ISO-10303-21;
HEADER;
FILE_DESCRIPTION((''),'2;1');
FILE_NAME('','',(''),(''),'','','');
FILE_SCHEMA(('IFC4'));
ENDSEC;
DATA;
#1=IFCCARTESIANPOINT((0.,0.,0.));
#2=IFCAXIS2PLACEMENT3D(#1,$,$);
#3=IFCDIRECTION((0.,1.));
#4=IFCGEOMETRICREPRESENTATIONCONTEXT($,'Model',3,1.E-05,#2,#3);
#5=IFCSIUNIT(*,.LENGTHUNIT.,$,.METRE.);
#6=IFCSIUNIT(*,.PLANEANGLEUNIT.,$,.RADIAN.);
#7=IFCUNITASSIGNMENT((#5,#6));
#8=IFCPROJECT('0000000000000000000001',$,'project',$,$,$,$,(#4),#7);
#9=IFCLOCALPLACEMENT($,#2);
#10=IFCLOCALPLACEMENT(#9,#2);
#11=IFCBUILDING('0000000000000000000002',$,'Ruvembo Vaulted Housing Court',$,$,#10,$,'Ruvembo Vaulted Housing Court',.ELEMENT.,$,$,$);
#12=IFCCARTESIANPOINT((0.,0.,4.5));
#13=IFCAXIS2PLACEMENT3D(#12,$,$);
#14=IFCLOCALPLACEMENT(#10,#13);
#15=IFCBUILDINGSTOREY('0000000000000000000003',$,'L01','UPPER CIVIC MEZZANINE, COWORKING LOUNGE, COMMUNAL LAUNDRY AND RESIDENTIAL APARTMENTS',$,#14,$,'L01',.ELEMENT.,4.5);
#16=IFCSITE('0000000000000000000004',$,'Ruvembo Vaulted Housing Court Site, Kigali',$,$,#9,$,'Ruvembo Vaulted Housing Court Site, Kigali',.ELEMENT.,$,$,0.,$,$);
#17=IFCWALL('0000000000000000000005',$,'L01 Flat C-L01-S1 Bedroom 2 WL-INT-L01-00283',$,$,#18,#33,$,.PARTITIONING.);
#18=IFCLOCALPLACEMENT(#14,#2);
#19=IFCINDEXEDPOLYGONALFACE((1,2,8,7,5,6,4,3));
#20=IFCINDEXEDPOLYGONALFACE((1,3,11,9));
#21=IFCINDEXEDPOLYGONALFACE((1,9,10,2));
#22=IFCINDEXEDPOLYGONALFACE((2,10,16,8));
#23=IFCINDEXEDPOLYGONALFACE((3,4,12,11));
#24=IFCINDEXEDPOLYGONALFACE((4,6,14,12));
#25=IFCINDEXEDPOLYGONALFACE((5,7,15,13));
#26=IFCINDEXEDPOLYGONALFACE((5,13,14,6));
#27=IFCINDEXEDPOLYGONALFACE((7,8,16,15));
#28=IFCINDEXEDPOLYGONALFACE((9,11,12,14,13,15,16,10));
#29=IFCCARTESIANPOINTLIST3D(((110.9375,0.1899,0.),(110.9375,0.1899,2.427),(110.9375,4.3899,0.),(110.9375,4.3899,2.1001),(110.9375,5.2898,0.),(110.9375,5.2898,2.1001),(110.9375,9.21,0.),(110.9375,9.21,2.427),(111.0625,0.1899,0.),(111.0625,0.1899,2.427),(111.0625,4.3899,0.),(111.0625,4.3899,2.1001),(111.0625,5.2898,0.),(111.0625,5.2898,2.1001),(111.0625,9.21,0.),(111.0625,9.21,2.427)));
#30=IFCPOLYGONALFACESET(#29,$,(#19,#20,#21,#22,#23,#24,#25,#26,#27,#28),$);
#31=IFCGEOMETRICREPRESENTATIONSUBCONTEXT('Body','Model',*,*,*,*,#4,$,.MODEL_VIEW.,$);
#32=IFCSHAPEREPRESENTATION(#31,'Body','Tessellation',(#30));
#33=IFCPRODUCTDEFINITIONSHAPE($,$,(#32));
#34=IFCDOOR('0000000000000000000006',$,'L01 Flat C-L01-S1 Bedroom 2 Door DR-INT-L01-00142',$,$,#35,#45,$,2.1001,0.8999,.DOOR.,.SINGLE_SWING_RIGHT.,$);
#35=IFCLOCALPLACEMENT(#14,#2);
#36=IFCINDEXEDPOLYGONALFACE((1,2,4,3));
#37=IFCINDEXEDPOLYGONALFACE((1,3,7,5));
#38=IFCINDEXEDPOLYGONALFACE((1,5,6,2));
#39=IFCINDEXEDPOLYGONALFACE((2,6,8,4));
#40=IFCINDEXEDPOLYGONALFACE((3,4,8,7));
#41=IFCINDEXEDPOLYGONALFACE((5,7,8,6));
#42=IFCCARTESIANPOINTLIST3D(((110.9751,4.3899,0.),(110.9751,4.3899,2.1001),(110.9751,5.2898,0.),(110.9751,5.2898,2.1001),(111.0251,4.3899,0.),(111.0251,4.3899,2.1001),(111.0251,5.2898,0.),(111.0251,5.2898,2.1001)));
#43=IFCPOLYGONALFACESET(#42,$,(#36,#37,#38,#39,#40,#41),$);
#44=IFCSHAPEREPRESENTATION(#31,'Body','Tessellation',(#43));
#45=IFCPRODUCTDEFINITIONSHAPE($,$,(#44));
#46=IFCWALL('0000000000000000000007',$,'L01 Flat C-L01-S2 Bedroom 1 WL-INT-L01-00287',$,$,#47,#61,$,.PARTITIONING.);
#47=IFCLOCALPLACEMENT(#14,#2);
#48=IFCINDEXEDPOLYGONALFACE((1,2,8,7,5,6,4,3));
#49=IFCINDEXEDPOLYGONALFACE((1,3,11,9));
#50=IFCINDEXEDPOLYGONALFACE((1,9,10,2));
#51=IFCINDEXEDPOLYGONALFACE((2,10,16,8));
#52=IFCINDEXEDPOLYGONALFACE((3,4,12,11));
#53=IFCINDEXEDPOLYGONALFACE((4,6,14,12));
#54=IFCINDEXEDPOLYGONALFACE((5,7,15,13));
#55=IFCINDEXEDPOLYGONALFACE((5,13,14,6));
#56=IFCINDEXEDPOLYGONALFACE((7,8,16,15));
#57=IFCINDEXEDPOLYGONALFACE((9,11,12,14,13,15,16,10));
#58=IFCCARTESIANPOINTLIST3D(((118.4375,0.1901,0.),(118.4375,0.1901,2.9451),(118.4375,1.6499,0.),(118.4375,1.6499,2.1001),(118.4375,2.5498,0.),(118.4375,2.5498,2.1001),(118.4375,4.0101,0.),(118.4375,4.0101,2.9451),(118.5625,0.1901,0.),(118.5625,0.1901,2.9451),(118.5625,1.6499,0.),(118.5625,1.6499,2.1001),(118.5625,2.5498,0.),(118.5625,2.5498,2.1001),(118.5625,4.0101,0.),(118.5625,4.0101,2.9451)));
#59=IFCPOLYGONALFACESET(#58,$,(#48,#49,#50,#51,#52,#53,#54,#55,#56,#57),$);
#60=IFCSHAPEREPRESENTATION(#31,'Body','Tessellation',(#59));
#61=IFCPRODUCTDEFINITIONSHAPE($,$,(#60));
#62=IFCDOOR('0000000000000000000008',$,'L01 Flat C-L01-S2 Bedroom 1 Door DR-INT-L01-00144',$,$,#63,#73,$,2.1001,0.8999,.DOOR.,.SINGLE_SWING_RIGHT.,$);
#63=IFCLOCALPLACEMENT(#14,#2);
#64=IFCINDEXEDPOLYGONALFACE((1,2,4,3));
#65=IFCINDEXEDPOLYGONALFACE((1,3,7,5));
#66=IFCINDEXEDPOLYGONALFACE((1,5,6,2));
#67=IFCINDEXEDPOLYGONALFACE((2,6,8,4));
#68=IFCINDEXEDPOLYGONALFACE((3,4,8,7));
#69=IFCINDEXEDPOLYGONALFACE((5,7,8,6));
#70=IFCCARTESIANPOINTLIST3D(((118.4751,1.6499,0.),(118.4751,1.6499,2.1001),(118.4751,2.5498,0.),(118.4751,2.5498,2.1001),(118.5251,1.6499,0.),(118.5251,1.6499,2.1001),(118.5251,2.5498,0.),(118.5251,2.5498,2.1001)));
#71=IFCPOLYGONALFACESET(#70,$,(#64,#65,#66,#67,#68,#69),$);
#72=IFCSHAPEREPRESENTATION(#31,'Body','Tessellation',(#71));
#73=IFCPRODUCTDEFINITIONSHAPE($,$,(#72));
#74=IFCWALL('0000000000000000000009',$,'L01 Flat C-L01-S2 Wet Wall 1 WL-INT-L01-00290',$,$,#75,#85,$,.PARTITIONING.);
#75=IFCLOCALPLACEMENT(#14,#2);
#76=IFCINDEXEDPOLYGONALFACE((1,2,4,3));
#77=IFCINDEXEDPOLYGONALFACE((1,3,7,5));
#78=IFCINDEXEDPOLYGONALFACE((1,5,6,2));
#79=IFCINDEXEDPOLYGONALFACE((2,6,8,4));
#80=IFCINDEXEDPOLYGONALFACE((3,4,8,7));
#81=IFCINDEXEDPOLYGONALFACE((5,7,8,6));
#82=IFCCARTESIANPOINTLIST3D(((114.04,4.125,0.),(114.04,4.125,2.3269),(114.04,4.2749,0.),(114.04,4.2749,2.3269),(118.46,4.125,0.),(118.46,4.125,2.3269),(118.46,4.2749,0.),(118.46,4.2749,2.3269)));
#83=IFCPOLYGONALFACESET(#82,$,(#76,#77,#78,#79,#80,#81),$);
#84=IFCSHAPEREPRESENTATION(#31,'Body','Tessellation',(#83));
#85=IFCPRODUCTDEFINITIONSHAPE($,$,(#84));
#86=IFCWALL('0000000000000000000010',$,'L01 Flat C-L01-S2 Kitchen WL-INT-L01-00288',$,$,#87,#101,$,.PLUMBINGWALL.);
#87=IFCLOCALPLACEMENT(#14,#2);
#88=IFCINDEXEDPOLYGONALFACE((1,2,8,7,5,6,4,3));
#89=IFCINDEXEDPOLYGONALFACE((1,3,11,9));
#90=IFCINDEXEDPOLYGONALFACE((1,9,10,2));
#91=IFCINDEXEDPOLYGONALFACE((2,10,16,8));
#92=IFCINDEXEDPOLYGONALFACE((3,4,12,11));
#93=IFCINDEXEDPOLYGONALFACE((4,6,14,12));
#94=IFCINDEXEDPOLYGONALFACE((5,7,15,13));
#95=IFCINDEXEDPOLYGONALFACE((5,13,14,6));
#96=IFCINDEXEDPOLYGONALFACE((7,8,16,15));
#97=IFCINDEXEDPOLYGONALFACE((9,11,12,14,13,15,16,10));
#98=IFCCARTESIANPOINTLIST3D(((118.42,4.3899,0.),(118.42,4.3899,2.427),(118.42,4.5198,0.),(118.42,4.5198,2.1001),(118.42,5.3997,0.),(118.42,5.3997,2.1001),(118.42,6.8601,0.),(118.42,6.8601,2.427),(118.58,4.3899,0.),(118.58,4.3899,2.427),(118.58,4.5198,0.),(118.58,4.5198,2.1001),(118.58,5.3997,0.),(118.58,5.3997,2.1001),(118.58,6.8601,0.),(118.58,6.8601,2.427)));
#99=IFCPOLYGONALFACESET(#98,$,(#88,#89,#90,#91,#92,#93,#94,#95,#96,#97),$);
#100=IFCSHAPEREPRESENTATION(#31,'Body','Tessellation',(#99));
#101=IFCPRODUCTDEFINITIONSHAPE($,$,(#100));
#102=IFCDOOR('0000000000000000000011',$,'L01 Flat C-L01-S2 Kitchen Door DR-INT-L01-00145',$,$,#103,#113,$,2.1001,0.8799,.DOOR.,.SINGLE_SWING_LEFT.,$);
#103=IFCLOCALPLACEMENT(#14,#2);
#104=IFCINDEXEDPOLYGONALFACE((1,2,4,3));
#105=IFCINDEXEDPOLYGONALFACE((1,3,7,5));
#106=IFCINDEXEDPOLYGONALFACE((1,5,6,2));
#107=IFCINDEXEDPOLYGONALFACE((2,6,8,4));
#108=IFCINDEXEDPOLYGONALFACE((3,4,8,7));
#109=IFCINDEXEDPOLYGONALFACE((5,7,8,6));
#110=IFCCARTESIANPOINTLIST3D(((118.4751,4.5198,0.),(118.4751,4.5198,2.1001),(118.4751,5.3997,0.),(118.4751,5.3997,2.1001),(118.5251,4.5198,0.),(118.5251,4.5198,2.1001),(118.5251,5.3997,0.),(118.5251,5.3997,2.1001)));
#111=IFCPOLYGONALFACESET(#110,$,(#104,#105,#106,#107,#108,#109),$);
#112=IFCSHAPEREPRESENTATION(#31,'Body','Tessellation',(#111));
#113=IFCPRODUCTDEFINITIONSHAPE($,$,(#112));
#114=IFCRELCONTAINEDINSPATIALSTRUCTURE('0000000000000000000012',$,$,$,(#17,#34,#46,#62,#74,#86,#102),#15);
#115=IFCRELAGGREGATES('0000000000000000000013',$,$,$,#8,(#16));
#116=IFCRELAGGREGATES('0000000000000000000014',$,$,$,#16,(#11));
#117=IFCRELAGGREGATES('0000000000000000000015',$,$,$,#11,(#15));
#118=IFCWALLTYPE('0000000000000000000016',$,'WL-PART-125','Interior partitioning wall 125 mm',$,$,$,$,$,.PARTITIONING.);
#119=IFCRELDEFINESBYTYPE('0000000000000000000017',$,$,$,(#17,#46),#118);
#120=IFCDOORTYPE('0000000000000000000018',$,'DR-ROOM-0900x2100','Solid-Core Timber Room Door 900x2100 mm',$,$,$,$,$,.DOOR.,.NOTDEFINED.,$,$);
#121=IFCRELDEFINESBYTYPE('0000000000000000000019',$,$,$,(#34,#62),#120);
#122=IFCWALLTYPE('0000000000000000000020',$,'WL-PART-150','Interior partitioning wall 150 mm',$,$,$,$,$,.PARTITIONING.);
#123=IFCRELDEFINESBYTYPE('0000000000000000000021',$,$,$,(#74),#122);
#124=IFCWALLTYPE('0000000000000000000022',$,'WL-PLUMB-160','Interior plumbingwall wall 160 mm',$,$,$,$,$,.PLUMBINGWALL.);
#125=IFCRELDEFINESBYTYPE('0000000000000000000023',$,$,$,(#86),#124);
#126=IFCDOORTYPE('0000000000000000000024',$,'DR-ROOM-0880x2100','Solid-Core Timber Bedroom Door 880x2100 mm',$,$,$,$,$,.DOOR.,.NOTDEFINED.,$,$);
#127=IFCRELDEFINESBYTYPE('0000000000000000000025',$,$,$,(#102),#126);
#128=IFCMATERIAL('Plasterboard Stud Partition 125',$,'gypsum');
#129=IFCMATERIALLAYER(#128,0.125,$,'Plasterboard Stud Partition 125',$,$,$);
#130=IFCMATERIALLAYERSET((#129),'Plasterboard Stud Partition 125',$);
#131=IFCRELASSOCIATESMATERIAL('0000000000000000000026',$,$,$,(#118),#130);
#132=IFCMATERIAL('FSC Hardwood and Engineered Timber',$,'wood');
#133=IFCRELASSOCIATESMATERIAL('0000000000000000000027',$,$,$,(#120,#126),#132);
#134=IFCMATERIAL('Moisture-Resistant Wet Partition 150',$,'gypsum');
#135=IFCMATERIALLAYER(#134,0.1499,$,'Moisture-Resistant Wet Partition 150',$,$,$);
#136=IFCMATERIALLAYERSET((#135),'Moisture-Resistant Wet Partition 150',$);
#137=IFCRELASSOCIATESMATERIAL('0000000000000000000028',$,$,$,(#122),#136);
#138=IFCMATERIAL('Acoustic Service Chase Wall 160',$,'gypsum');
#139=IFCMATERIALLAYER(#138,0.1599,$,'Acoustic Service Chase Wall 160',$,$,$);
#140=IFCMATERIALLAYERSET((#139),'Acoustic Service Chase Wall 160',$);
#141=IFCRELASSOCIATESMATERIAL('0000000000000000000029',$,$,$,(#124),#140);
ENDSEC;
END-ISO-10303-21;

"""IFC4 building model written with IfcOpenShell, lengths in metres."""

from ifc_helpers import new_model, si_unit, direction, frame, frame_2d, origin, place, context, subcontext, project, spatial, rectangle, extrude, material, layer, layer_set, type_object, element, fill, save


model = new_model("IFC4")

# Units and contexts
model_context = context("Model", 3, precision=1e-05, world=origin(), true_north=direction((0.0, 1.0)))
body_context = subcontext(model_context, "Body", "Model", "MODEL_VIEW")
ifc_project = project(units=[si_unit("LENGTHUNIT", "METRE"), si_unit("PLANEANGLEUNIT", "RADIAN")], contexts=[model_context])

# Site, building, storey
site_placement = place(None, origin())
site = spatial("IfcSite", under=ifc_project, at=site_placement, Name="Ruvembo Vaulted Housing Court Site, Kigali", LongName="Ruvembo Vaulted Housing Court Site, Kigali", CompositionType="ELEMENT", RefElevation=0.0)
building_placement = place(site_placement, origin())
building = spatial("IfcBuilding", under=site, at=building_placement, Name="Ruvembo Vaulted Housing Court", LongName="Ruvembo Vaulted Housing Court", CompositionType="ELEMENT")
storey_placement = place(building_placement, frame((0.0, 0.0, 4.5)))
storey = spatial("IfcBuildingStorey", under=building, at=storey_placement, Name="L01", Description="UPPER CIVIC MEZZANINE, COWORKING LOUNGE, COMMUNAL LAUNDRY AND RESIDENTIAL APARTMENTS", LongName="L01", CompositionType="ELEMENT", Elevation=4.5)

# Walls, openings, doors
ifc_material_1 = material(Name="Plasterboard Stud Partition 125", Category="gypsum")
ifc_layer_1 = layer(ifc_material_1, 0.125, Name="Plasterboard Stud Partition 125")
ifc_layer_set_1 = layer_set([ifc_layer_1], Name="Plasterboard Stud Partition 125")
wall_type_1 = type_object("IfcWallType", Name="WL-PART-125", Description="Interior partitioning wall 125 mm", PredefinedType="PARTITIONING", material=ifc_layer_set_1)
wall_1_placement = place(storey_placement, frame((111.0, 0.1899, 0.0), z_axis=(0.0, 0.0, 1.0), x_axis=(0.0, 1.0, 0.0)))
wall_1 = element("IfcWall", 1, at=wall_1_placement, inside=storey, type_object=wall_type_1, Name="L01 Flat C-L01-S1 Bedroom 2 WL-INT-L01-00283", PredefinedType="PARTITIONING", context=body_context, shape_type="SweptSolid", body=[
    extrude(rectangle(XDim=9.02, YDim=0.125, at=frame_2d((4.51, 0.0))), origin(), (0.0, 0.0, 1.0), 2.427),
])
opening_1_placement = place(wall_1_placement, frame((4.2, 0.0, 0.0)))
opening_1 = element("IfcOpeningElement", 2, at=opening_1_placement, cuts=wall_1, PredefinedType="OPENING", context=body_context, shape_type="SweptSolid", body=[
    extrude(rectangle(XDim=0.8999, YDim=2.1001, at=frame_2d((0.45, 1.05))), frame((0.0, 0.0725, 0.0), z_axis=(0.0, -1.0, 0.0), x_axis=(1.0, 0.0, 0.0)), (0.0, 0.0, 1.0), 0.145),
])
ifc_material_2 = material(Name="FSC Hardwood and Engineered Timber", Category="wood")
door_type_1 = type_object("IfcDoorType", Name="DR-ROOM-0900x2100", Description="Solid-Core Timber Room Door 900x2100 mm", OperationType="NOTDEFINED", PredefinedType="DOOR", material=ifc_material_2)
door_1_placement = place(opening_1_placement, origin())
door_1 = element("IfcDoor", 3, at=door_1_placement, inside=storey, type_object=door_type_1, Name="L01 Flat C-L01-S1 Bedroom 2 Door DR-INT-L01-00142", OperationType="SINGLE_SWING_RIGHT", OverallHeight=2.1001, OverallWidth=0.8999, PredefinedType="DOOR", context=body_context, shape_type="SweptSolid", body=[
    extrude(rectangle(XDim=0.8999, YDim=2.1001, at=frame_2d((0.45, 1.05))), frame((0.0, 0.0249, 0.0), z_axis=(0.0, -1.0, 0.0), x_axis=(1.0, 0.0, 0.0)), (0.0, 0.0, 1.0), 0.05),
])
fill(opening_1, door_1)
wall_2_placement = place(storey_placement, frame((118.5, 0.1899, 0.0), z_axis=(0.0, 0.0, 1.0), x_axis=(0.0, 1.0, 0.0)))
wall_2 = element("IfcWall", 4, at=wall_2_placement, inside=storey, type_object=wall_type_1, Name="L01 Flat C-L01-S2 Bedroom 1 WL-INT-L01-00287", PredefinedType="PARTITIONING", context=body_context, shape_type="SweptSolid", body=[
    extrude(rectangle(XDim=3.8201, YDim=0.125, at=frame_2d((1.9102, 0.0))), origin(), (0.0, 0.0, 1.0), 2.9451),
])
opening_2_placement = place(wall_2_placement, frame((1.46, 0.0, 0.0)))
opening_2 = element("IfcOpeningElement", 5, at=opening_2_placement, cuts=wall_2, PredefinedType="OPENING", context=body_context, shape_type="SweptSolid", body=[
    extrude(rectangle(XDim=0.8999, YDim=2.1001, at=frame_2d((0.45, 1.05))), frame((0.0, 0.0725, 0.0), z_axis=(0.0, -1.0, 0.0), x_axis=(1.0, 0.0, 0.0)), (0.0, 0.0, 1.0), 0.145),
])
door_2_placement = place(opening_2_placement, origin())
door_2 = element("IfcDoor", 6, at=door_2_placement, inside=storey, type_object=door_type_1, Name="L01 Flat C-L01-S2 Bedroom 1 Door DR-INT-L01-00144", OperationType="SINGLE_SWING_RIGHT", OverallHeight=2.1001, OverallWidth=0.8999, PredefinedType="DOOR", context=body_context, shape_type="SweptSolid", body=[
    extrude(rectangle(XDim=0.8999, YDim=2.1001, at=frame_2d((0.45, 1.05))), frame((0.0, 0.0249, 0.0), z_axis=(0.0, -1.0, 0.0), x_axis=(1.0, 0.0, 0.0)), (0.0, 0.0, 1.0), 0.05),
])
fill(opening_2, door_2)

# Wall
ifc_material_3 = material(Name="Moisture-Resistant Wet Partition 150", Category="gypsum")
ifc_layer_2 = layer(ifc_material_3, 0.1499, Name="Moisture-Resistant Wet Partition 150")
ifc_layer_set_2 = layer_set([ifc_layer_2], Name="Moisture-Resistant Wet Partition 150")
wall_type_2 = type_object("IfcWallType", Name="WL-PART-150", Description="Interior partitioning wall 150 mm", PredefinedType="PARTITIONING", material=ifc_layer_set_2)
wall_3_placement = place(storey_placement, frame((114.04, 4.2, 0.0), z_axis=(0.0, 0.0, 1.0), x_axis=(1.0, 0.0, 0.0)))
element("IfcWall", 7, at=wall_3_placement, inside=storey, type_object=wall_type_2, Name="L01 Flat C-L01-S2 Wet Wall 1 WL-INT-L01-00290", PredefinedType="PARTITIONING", context=body_context, shape_type="SweptSolid", body=[
    extrude(rectangle(XDim=4.4199, YDim=0.1499, at=frame_2d((2.21, 0.0))), origin(), (0.0, 0.0, 1.0), 2.3269),
])

# Wall, opening, door
ifc_material_4 = material(Name="Acoustic Service Chase Wall 160", Category="gypsum")
ifc_layer_3 = layer(ifc_material_4, 0.1599, Name="Acoustic Service Chase Wall 160")
ifc_layer_set_3 = layer_set([ifc_layer_3], Name="Acoustic Service Chase Wall 160")
wall_type_3 = type_object("IfcWallType", Name="WL-PLUMB-160", Description="Interior plumbingwall wall 160 mm", PredefinedType="PLUMBINGWALL", material=ifc_layer_set_3)
wall_4_placement = place(storey_placement, frame((118.5, 4.3899, 0.0), z_axis=(0.0, 0.0, 1.0), x_axis=(0.0, 1.0, 0.0)))
wall_4 = element("IfcWall", 8, at=wall_4_placement, inside=storey, type_object=wall_type_3, Name="L01 Flat C-L01-S2 Kitchen WL-INT-L01-00288", PredefinedType="PLUMBINGWALL", context=body_context, shape_type="SweptSolid", body=[
    extrude(rectangle(XDim=2.4702, YDim=0.1599, at=frame_2d((1.2351, 0.0))), origin(), (0.0, 0.0, 1.0), 2.427),
])
opening_3_placement = place(wall_4_placement, frame((0.1299, 0.0, 0.0)))
opening_3 = element("IfcOpeningElement", 9, at=opening_3_placement, cuts=wall_4, PredefinedType="OPENING", context=body_context, shape_type="SweptSolid", body=[
    extrude(rectangle(XDim=0.8799, YDim=2.1001, at=frame_2d((0.4399, 1.05))), frame((0.0, 0.0898, 0.0), z_axis=(0.0, -1.0, 0.0), x_axis=(1.0, 0.0, 0.0)), (0.0, 0.0, 1.0), 0.1799),
])
door_type_2 = type_object("IfcDoorType", Name="DR-ROOM-0880x2100", Description="Solid-Core Timber Bedroom Door 880x2100 mm", OperationType="NOTDEFINED", PredefinedType="DOOR", material=ifc_material_2)
door_3_placement = place(opening_3_placement, origin())
door_3 = element("IfcDoor", 10, at=door_3_placement, inside=storey, type_object=door_type_2, Name="L01 Flat C-L01-S2 Kitchen Door DR-INT-L01-00145", OperationType="SINGLE_SWING_LEFT", OverallHeight=2.1001, OverallWidth=0.8799, PredefinedType="DOOR", context=body_context, shape_type="SweptSolid", body=[
    extrude(rectangle(XDim=0.8799, YDim=2.1001, at=frame_2d((0.4399, 1.05))), frame((0.0, 0.0249, 0.0), z_axis=(0.0, -1.0, 0.0), x_axis=(1.0, 0.0, 0.0)), (0.0, 0.0, 1.0), 0.05),
])
fill(opening_3, door_3)

save(model, "model.ifc")
